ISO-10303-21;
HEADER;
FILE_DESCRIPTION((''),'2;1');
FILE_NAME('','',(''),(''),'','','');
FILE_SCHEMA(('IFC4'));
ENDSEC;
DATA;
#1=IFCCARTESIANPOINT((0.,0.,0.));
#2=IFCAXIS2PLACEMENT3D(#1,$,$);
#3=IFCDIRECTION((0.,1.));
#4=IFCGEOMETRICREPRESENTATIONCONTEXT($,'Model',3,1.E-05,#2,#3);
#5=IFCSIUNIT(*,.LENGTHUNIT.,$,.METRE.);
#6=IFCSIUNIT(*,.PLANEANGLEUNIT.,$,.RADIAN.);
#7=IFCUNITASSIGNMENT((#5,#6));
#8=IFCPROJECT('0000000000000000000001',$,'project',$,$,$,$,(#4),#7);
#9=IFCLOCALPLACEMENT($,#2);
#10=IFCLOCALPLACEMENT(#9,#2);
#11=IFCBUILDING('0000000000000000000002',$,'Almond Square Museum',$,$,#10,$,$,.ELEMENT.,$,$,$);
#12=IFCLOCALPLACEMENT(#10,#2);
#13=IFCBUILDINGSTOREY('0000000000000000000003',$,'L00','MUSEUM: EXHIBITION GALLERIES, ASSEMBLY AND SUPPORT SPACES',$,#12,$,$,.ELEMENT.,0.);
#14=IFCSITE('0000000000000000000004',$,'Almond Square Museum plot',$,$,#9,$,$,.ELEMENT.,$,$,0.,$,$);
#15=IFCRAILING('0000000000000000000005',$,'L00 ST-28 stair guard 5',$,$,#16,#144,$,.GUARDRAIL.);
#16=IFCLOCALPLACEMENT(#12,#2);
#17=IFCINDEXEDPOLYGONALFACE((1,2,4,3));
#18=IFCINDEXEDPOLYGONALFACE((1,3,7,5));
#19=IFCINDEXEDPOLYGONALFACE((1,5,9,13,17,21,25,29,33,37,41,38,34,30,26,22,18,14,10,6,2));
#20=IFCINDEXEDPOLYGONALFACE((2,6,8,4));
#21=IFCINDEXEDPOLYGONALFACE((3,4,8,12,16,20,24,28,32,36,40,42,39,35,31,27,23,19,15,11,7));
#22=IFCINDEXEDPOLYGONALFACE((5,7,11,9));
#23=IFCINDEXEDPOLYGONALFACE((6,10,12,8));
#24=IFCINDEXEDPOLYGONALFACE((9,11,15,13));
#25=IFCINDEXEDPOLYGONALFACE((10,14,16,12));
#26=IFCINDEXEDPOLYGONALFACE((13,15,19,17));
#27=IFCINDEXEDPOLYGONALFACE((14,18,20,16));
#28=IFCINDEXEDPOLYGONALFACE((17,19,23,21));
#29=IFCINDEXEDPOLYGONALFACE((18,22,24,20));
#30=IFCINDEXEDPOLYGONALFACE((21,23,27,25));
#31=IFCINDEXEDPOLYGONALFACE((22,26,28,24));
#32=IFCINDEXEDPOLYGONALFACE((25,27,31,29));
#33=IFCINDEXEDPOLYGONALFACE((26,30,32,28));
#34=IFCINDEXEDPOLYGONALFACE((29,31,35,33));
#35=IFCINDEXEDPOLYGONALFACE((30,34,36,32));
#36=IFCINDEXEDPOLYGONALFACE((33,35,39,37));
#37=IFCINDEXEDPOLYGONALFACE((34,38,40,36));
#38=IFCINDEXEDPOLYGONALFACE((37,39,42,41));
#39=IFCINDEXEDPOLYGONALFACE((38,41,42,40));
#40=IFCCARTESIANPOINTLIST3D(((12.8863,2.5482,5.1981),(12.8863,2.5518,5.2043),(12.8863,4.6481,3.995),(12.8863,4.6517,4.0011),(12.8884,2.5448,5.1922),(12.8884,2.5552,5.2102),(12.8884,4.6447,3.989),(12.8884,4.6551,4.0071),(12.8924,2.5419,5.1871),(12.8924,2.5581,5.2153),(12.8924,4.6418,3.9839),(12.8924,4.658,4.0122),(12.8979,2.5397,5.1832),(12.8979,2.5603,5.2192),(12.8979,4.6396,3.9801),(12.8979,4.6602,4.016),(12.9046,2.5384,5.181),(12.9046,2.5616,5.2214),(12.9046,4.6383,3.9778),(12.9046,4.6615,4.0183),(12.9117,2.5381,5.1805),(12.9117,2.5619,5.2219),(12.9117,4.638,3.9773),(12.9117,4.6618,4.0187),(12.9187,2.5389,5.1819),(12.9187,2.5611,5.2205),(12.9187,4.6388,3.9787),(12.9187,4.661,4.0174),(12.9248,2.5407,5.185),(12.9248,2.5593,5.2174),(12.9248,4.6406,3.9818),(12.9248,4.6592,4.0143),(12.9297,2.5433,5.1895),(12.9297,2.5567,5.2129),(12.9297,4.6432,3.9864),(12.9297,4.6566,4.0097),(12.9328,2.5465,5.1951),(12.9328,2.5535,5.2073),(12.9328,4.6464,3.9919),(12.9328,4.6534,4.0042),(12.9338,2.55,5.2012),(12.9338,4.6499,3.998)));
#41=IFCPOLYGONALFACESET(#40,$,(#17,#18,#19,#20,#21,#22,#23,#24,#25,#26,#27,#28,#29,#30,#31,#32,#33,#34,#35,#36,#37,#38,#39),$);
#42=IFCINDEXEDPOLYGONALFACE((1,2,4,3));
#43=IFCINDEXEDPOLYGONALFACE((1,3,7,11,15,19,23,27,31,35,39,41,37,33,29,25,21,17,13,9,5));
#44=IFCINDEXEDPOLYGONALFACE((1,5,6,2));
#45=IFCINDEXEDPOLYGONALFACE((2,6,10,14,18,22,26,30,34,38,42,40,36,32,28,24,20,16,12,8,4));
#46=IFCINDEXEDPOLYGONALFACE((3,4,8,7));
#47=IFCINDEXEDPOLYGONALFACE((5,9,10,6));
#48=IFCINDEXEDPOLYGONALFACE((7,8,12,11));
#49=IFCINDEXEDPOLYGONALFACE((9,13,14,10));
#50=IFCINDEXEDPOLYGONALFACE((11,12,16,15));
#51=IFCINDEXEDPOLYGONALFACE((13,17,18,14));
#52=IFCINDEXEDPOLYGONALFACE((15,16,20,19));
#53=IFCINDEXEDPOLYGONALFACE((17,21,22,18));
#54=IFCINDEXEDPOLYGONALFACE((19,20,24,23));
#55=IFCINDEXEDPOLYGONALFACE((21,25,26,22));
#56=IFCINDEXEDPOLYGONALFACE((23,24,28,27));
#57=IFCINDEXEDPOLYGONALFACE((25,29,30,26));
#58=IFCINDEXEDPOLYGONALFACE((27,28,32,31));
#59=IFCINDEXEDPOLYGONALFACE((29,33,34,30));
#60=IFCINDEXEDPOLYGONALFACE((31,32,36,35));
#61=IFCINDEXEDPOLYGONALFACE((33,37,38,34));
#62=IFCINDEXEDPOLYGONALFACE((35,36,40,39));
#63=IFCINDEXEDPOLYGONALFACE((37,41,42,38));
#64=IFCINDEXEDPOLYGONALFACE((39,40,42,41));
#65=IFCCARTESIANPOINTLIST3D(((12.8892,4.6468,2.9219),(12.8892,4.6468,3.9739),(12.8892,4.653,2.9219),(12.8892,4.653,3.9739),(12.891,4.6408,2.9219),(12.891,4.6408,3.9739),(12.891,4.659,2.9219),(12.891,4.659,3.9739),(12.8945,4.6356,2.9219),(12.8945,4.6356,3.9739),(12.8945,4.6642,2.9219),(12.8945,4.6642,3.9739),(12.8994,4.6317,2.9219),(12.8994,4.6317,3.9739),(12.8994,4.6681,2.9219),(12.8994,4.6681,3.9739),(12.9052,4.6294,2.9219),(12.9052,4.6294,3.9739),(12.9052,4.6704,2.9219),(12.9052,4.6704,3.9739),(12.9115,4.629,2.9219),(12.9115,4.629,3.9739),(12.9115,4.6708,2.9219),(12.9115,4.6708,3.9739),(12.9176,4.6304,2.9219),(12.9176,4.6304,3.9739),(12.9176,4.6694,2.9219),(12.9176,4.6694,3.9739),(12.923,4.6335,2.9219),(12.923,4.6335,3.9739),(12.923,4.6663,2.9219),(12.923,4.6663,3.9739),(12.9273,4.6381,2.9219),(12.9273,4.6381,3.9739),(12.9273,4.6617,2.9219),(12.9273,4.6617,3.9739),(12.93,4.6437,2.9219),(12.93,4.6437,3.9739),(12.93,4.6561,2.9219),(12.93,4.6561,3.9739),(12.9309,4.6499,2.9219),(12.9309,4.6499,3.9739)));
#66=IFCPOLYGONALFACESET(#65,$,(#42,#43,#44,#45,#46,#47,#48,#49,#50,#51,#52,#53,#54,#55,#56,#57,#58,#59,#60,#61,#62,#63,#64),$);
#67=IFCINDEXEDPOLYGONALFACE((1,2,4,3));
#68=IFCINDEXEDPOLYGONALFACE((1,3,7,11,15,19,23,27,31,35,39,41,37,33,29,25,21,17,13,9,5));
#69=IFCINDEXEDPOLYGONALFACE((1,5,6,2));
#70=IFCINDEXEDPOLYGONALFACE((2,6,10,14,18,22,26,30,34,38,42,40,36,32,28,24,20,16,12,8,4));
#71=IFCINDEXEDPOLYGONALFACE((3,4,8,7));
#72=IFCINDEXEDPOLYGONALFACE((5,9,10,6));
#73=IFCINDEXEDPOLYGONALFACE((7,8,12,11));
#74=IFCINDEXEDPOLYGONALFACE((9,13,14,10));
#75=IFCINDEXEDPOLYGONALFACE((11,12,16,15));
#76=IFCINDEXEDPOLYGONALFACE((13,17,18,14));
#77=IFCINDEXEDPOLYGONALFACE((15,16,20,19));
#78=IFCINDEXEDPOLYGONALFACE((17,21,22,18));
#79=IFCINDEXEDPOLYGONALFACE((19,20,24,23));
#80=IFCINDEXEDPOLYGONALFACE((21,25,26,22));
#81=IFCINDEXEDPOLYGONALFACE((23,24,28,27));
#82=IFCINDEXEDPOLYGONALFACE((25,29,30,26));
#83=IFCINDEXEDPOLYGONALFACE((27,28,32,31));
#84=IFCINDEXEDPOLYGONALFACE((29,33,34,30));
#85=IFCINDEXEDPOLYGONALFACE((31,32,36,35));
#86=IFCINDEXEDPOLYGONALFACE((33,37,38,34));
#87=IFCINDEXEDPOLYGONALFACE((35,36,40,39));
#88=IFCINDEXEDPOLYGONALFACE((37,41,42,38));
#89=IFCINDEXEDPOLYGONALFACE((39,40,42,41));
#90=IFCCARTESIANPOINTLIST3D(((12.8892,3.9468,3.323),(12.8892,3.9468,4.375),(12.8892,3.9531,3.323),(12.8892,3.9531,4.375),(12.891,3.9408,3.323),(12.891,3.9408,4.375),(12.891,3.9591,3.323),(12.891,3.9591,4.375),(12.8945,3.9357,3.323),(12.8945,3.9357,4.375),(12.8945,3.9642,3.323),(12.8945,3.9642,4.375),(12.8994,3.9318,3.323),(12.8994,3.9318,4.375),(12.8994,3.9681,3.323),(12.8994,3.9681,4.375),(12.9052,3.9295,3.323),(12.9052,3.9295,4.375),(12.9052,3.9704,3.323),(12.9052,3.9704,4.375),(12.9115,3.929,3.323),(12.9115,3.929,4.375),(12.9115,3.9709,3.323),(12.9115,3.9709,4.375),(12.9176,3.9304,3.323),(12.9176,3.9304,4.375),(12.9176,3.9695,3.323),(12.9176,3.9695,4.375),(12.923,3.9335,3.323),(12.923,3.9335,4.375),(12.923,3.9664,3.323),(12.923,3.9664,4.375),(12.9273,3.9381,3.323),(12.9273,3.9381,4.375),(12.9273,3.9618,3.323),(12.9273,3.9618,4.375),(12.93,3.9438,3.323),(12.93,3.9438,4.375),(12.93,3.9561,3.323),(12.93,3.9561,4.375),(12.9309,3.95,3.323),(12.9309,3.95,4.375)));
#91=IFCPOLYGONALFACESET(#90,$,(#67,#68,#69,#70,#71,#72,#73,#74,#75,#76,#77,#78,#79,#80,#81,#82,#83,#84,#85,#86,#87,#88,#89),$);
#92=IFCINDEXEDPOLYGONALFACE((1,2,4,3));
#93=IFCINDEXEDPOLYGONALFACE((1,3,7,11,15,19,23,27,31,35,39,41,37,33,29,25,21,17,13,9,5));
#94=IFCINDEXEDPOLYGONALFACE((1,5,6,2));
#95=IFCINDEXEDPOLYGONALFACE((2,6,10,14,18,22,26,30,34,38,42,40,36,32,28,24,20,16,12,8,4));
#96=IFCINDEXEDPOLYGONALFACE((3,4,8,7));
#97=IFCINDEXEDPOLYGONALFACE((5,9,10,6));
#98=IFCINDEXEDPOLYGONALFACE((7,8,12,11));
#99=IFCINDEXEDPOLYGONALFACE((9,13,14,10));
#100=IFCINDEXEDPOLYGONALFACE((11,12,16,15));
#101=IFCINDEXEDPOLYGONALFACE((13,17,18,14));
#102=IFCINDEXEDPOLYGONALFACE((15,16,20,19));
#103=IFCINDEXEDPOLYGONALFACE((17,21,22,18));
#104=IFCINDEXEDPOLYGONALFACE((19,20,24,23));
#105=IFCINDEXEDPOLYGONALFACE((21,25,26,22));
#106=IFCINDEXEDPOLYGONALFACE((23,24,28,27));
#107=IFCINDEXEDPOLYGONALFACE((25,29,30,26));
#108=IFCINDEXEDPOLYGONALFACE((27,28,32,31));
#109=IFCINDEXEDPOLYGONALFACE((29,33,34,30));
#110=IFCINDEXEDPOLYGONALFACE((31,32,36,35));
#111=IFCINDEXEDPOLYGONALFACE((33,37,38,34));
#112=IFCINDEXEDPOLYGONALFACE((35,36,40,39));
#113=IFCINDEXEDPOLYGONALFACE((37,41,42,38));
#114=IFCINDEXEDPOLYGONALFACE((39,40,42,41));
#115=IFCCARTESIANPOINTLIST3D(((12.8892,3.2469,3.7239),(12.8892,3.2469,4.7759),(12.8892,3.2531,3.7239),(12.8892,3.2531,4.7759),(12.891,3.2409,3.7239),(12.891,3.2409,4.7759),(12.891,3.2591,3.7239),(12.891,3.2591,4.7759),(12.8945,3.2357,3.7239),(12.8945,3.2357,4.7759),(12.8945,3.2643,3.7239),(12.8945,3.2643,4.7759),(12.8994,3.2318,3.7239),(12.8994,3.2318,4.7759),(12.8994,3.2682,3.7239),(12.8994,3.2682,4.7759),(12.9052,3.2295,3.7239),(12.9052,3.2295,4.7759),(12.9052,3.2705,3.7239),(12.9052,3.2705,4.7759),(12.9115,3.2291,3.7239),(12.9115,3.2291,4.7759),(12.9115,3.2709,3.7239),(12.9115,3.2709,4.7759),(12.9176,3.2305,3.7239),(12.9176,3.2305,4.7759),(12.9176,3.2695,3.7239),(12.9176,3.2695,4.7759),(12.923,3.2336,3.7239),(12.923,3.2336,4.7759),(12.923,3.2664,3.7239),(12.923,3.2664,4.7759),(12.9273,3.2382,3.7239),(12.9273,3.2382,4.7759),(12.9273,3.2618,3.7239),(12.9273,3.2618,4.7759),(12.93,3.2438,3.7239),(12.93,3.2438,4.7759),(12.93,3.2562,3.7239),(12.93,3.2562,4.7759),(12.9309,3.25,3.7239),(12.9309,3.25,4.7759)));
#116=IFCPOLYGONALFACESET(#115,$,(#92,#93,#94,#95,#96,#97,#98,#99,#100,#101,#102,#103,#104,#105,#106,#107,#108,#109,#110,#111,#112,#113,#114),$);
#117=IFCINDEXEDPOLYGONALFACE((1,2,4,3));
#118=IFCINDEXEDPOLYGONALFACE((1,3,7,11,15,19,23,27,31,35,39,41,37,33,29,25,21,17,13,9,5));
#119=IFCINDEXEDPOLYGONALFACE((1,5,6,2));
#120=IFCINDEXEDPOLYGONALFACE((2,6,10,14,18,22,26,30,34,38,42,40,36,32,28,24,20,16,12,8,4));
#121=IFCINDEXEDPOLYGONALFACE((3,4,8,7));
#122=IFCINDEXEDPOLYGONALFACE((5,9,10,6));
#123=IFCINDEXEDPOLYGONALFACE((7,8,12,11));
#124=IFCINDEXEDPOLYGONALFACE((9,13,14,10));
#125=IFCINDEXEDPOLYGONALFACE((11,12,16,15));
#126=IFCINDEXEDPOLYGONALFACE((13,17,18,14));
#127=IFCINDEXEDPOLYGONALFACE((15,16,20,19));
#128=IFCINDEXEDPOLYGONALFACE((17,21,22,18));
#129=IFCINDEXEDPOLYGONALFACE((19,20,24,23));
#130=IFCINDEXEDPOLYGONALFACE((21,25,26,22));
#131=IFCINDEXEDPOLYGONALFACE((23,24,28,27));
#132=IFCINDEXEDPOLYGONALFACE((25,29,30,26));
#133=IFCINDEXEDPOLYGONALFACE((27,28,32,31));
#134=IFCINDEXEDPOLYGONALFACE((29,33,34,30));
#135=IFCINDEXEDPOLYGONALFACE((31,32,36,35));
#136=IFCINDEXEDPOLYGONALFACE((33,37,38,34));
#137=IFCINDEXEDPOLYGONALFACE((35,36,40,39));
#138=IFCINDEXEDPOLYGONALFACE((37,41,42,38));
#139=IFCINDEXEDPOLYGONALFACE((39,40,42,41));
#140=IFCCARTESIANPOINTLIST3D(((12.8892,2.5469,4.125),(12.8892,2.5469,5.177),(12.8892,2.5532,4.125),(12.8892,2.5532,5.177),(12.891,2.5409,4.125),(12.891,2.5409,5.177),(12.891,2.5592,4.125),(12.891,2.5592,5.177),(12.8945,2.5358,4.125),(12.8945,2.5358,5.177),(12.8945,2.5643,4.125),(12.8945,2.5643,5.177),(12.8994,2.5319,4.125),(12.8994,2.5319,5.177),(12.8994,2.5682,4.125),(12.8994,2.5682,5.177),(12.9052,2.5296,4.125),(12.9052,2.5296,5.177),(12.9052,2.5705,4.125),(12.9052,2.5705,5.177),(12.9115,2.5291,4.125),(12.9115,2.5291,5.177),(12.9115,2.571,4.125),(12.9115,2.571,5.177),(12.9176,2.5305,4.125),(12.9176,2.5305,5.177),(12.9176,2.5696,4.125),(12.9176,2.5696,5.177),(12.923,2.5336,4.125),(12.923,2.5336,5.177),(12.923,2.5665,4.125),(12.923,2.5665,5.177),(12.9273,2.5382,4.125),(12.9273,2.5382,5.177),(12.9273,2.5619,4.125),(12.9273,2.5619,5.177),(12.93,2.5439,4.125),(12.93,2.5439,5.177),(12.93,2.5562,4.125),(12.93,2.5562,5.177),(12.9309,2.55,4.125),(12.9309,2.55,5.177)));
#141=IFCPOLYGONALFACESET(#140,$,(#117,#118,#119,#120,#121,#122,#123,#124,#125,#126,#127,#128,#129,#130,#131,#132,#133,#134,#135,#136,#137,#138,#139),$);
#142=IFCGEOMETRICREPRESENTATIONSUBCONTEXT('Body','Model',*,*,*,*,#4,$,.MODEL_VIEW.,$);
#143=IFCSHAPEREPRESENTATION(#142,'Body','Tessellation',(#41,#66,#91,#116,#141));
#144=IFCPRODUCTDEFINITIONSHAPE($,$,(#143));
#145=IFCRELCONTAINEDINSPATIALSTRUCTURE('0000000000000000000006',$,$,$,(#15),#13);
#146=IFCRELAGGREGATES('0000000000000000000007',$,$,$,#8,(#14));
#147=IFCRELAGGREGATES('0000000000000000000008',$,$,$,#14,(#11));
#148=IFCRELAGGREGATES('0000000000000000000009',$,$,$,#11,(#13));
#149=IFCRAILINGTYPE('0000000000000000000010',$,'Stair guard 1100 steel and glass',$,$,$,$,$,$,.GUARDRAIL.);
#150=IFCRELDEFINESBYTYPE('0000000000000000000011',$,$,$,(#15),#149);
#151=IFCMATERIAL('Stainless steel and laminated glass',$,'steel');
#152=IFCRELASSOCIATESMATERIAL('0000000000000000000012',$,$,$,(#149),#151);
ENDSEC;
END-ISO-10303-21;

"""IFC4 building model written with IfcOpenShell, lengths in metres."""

from ifc_helpers import new_model, si_unit, direction, frame, origin, origin_2d, place, context, subcontext, project, spatial, circle, extrude, material, type_object, element, save


model = new_model("IFC4")

# Units and contexts
model_context = context("Model", 3, precision=1e-05, world=origin(), true_north=direction((0.0, 1.0)))
body_context = subcontext(model_context, "Body", "Model", "MODEL_VIEW")
ifc_project = project(units=[si_unit("LENGTHUNIT", "METRE"), si_unit("PLANEANGLEUNIT", "RADIAN")], contexts=[model_context])

# Site, building, storey
site_placement = place(None, origin())
site = spatial("IfcSite", under=ifc_project, at=site_placement, Name="Almond Square Museum plot", CompositionType="ELEMENT", RefElevation=0.0)
building_placement = place(site_placement, origin())
building = spatial("IfcBuilding", under=site, at=building_placement, Name="Almond Square Museum", CompositionType="ELEMENT")
storey_placement = place(building_placement, origin())
storey = spatial("IfcBuildingStorey", under=building, at=storey_placement, Name="L00", Description="MUSEUM: EXHIBITION GALLERIES, ASSEMBLY AND SUPPORT SPACES", CompositionType="ELEMENT", Elevation=0.0)

# Railing
ifc_material_1 = material(Name="Stainless steel and laminated glass", Category="steel")
railing_type_1 = type_object("IfcRailingType", Name="Stair guard 1100 steel and glass", PredefinedType="GUARDRAIL", material=ifc_material_1)
railing_1_placement = place(storey_placement, frame((12.9099, 4.6499, 2.9219)))
element("IfcRailing", 1, at=railing_1_placement, inside=storey, type_object=railing_type_1, Name="L00 ST-28 stair guard 5", PredefinedType="GUARDRAIL", context=body_context, shape_type="SweptSolid", body=[
    extrude(circle(Radius=0.0239, at=origin_2d()), frame((0.0, 0.0, 1.0762), z_axis=(0.0, -0.867671, 0.497138), x_axis=(1.0, 0.0, 0.0)), (0.0, 0.0, 1.0), 2.4202),
    extrude(circle(Radius=0.021, at=origin_2d()), origin(), (0.0, 0.0, 1.0), 1.052),
    extrude(circle(Radius=0.021, at=origin_2d()), frame((0.0, -0.7, 0.4011)), (0.0, 0.0, 1.0), 1.052),
    extrude(circle(Radius=0.021, at=origin_2d()), frame((0.0, -1.3999, 0.802)), (0.0, 0.0, 1.0), 1.052),
    extrude(circle(Radius=0.021, at=origin_2d()), frame((0.0, -2.0999, 1.2031)), (0.0, 0.0, 1.0), 1.052),
])

save(model, "model.ifc")
